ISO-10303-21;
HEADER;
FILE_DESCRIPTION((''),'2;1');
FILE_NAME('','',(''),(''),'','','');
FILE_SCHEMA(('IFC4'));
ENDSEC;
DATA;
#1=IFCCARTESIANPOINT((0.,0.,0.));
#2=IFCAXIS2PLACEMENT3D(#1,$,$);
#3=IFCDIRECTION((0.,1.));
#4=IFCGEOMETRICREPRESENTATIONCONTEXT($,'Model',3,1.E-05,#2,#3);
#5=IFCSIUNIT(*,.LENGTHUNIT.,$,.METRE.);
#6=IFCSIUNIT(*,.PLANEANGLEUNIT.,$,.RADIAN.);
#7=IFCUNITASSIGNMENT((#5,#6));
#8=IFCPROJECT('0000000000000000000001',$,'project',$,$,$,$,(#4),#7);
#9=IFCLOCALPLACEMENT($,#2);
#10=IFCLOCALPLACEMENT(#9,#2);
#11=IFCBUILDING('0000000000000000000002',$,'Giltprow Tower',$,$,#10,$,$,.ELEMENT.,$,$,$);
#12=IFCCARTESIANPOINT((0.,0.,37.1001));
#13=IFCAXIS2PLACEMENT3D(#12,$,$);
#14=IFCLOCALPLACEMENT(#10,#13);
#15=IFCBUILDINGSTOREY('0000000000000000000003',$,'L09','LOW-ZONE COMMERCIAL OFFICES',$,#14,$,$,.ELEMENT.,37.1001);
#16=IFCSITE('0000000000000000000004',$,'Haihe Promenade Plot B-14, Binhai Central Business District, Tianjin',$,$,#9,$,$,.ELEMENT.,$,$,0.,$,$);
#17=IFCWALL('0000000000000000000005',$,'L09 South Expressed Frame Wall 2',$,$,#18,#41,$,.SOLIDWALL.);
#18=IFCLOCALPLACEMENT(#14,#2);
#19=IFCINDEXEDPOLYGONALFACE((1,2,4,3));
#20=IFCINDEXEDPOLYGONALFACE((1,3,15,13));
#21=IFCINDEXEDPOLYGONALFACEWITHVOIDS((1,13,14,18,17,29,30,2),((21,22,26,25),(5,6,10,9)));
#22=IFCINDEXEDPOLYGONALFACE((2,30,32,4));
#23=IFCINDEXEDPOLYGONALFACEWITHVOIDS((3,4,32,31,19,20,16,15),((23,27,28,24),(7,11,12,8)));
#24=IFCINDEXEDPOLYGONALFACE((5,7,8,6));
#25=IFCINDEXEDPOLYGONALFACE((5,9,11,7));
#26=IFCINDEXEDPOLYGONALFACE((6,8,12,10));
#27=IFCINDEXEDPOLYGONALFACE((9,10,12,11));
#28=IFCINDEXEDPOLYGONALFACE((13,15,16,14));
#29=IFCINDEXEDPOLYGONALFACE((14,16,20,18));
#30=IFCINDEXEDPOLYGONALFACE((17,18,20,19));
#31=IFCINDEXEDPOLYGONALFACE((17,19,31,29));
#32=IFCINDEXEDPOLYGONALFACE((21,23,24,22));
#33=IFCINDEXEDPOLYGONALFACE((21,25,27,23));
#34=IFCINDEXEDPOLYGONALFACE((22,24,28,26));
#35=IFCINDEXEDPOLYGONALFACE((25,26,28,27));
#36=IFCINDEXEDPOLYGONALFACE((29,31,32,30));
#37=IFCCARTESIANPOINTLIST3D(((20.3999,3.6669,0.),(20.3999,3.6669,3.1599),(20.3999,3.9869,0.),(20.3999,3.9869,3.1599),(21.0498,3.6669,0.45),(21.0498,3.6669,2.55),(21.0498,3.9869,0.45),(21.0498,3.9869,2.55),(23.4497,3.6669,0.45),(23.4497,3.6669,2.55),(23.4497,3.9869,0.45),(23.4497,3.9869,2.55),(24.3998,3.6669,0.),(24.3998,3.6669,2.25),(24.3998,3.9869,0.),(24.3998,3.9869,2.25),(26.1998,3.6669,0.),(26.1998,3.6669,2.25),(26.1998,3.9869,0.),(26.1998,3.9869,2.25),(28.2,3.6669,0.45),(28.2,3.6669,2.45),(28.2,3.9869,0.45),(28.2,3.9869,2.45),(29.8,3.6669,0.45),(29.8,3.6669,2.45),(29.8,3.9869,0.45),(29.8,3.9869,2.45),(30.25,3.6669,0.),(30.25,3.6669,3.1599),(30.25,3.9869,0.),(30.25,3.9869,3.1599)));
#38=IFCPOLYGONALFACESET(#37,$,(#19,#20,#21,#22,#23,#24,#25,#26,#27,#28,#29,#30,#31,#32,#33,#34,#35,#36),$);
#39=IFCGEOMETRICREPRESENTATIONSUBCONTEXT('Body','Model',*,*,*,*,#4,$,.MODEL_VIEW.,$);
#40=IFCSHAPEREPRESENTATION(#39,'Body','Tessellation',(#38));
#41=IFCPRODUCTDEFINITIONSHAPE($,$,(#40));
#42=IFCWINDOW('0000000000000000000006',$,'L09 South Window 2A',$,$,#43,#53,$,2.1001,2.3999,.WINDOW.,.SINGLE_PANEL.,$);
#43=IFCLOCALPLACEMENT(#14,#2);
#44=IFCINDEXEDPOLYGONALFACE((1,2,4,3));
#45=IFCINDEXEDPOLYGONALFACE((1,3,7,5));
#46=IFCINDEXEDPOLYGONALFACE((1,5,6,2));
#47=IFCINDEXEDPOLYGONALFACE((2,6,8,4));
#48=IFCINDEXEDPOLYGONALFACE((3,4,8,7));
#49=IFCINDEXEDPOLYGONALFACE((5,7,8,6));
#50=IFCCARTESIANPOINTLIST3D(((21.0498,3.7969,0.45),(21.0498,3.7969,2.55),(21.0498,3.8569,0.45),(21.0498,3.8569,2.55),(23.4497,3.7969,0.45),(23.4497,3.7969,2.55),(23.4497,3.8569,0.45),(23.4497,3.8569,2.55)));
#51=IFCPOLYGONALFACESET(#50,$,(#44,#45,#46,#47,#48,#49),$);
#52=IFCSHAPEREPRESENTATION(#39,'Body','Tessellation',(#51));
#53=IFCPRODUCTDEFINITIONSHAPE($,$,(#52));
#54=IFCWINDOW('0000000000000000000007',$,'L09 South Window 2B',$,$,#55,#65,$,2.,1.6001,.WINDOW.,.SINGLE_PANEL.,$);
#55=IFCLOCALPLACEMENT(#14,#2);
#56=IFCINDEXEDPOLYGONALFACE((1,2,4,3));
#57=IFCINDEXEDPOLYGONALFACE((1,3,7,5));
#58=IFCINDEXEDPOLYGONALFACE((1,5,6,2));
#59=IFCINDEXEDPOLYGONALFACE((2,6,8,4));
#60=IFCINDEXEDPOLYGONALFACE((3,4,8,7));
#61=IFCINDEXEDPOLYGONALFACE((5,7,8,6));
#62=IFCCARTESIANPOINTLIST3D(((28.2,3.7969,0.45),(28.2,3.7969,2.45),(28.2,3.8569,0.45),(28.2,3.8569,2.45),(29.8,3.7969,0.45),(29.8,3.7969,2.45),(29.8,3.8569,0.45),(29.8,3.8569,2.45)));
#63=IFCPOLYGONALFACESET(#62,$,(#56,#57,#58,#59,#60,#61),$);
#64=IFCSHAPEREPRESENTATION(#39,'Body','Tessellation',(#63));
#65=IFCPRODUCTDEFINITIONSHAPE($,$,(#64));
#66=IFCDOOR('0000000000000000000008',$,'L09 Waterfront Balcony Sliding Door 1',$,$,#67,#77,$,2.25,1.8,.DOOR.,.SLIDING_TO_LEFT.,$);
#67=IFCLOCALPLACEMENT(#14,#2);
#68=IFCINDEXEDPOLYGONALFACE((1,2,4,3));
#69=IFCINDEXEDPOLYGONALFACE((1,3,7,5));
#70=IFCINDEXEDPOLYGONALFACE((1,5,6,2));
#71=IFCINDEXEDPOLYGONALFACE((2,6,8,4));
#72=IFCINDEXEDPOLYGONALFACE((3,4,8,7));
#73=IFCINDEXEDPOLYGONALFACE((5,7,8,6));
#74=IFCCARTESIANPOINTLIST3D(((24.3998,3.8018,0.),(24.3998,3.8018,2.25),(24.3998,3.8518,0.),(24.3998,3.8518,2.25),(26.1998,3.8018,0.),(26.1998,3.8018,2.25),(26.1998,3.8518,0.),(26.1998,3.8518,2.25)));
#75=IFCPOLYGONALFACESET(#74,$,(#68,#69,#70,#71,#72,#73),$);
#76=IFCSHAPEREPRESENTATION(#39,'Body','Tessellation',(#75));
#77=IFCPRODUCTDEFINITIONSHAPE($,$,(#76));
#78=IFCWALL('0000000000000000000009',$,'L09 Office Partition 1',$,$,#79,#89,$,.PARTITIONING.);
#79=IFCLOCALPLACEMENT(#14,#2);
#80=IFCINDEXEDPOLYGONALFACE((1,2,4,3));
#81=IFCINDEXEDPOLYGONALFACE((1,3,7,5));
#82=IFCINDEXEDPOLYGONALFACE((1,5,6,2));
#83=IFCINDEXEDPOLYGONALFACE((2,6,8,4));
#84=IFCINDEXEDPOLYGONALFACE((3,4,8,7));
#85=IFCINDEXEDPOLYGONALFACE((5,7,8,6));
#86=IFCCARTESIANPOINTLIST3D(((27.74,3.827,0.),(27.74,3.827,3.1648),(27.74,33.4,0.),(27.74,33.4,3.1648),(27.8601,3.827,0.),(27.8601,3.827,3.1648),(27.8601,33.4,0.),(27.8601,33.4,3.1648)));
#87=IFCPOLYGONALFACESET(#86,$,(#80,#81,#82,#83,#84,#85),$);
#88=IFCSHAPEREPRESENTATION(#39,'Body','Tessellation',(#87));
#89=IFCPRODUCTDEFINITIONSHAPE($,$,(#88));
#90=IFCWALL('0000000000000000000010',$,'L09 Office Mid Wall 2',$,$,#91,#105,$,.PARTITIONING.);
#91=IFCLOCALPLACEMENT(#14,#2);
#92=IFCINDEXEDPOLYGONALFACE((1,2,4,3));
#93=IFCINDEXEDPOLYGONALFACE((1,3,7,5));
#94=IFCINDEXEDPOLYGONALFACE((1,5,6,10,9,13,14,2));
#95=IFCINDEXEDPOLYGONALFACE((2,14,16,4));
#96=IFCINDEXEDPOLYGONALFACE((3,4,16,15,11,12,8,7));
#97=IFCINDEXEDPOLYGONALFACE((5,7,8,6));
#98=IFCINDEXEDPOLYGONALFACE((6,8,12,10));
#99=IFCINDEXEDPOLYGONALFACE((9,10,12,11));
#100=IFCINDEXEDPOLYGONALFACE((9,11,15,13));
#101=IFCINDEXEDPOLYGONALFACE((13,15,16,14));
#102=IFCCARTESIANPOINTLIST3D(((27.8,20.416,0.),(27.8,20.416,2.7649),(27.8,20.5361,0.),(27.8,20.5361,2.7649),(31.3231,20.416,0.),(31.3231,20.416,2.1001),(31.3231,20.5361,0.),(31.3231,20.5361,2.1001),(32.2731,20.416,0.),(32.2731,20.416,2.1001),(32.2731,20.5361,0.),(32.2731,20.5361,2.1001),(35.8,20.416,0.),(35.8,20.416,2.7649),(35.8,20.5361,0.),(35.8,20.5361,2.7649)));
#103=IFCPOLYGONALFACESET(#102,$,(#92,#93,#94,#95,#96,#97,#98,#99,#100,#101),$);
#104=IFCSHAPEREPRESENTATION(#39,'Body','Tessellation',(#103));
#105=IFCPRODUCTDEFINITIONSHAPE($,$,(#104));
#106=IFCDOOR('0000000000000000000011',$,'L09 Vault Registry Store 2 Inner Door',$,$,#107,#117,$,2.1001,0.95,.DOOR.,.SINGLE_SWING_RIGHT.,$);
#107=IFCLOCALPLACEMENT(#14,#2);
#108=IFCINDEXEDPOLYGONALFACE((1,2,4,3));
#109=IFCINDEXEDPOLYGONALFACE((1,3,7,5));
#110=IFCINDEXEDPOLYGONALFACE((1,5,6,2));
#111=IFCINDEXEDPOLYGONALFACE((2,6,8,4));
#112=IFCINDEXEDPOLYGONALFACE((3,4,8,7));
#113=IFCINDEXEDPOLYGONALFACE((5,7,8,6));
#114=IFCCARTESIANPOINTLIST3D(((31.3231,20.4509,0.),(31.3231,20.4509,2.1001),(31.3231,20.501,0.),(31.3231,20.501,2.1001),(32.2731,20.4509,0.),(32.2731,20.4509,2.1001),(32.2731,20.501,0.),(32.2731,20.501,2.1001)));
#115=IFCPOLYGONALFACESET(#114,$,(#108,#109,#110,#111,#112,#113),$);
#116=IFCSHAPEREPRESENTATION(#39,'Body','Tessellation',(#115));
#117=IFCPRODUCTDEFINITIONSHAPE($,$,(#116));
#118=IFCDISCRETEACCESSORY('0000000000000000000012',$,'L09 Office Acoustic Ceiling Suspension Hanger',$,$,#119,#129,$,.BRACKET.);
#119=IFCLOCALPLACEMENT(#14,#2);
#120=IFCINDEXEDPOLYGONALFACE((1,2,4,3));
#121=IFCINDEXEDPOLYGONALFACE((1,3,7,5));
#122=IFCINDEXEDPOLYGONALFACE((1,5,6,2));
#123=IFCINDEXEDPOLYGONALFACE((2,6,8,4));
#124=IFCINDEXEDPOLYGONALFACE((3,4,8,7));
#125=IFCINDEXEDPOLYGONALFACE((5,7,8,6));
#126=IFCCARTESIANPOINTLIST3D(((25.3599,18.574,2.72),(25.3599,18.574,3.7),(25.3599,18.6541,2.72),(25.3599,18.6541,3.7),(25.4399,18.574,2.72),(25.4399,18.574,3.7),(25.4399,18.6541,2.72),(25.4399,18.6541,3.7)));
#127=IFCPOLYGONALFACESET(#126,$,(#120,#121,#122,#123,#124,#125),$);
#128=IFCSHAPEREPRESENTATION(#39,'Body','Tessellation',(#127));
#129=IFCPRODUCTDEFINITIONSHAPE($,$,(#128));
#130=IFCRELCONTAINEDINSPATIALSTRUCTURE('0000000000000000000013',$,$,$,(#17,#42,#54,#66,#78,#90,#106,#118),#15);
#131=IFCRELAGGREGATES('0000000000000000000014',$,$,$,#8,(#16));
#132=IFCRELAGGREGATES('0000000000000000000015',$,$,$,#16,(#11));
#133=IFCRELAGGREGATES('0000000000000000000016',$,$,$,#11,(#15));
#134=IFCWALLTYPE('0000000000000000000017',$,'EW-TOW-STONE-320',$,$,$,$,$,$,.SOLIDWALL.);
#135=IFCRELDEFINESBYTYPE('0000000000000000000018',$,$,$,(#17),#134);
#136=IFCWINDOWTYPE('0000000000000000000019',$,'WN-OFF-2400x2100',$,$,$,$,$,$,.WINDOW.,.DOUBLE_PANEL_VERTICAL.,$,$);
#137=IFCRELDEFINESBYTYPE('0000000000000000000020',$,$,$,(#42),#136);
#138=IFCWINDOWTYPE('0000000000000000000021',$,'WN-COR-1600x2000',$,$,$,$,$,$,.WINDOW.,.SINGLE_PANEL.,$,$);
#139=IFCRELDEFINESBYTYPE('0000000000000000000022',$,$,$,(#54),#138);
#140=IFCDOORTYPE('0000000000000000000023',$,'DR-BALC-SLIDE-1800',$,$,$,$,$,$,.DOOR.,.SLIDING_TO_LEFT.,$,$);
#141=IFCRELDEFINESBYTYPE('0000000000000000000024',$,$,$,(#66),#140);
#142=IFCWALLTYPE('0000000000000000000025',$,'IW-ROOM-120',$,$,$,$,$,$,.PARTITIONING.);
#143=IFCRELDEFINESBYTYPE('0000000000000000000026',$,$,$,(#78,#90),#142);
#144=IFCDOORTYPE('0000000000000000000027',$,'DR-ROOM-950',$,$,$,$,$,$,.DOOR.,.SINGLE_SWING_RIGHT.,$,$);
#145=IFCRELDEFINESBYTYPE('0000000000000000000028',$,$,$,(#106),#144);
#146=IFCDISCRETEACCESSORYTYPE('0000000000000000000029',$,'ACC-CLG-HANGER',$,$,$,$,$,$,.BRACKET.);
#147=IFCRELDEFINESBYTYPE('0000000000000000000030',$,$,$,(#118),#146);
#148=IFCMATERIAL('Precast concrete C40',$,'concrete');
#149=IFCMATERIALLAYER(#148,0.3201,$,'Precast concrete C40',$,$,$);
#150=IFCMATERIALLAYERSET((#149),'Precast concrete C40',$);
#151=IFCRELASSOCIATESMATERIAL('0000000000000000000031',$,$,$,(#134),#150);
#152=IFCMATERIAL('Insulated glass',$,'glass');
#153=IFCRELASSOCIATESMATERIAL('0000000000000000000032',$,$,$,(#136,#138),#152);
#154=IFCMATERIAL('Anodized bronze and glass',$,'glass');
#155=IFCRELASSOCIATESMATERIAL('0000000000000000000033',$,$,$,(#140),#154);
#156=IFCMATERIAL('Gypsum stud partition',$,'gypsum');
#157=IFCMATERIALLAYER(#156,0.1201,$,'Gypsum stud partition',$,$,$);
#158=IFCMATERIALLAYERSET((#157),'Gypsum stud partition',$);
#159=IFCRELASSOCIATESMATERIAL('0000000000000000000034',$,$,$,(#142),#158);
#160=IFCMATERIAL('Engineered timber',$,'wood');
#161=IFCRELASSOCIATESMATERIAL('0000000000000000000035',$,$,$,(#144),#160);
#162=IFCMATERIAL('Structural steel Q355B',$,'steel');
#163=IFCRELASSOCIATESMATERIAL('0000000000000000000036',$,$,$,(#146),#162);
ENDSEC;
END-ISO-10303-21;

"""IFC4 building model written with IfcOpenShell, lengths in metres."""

from ifc_helpers import new_model, si_unit, direction, frame, frame_2d, origin, origin_2d, place, context, subcontext, project, spatial, rectangle, extrude, source, transform, mapped, material, layer, layer_set, type_object, element, fill, save


model = new_model("IFC4")

# Units and contexts
model_context = context("Model", 3, precision=1e-05, world=origin(), true_north=direction((0.0, 1.0)))
body_context = subcontext(model_context, "Body", "Model", "MODEL_VIEW")
ifc_project = project(units=[si_unit("LENGTHUNIT", "METRE"), si_unit("PLANEANGLEUNIT", "RADIAN")], contexts=[model_context])

# Site, building, storey
site_placement = place(None, origin())
site = spatial("IfcSite", under=ifc_project, at=site_placement, Name="Haihe Promenade Plot B-14, Binhai Central Business District, Tianjin", CompositionType="ELEMENT", RefElevation=0.0)
building_placement = place(site_placement, origin())
building = spatial("IfcBuilding", under=site, at=building_placement, Name="Giltprow Tower", CompositionType="ELEMENT")
storey_placement = place(building_placement, frame((0.0, 0.0, 37.1001)))
storey = spatial("IfcBuildingStorey", under=building, at=storey_placement, Name="L09", Description="LOW-ZONE COMMERCIAL OFFICES", CompositionType="ELEMENT", Elevation=37.1001)

# Shared definitions
ifc_material_1 = material(Name="Structural steel Q355B", Category="steel")

# Wall, openings, windows, door
ifc_material_2 = material(Name="Precast concrete C40", Category="concrete")
ifc_layer_1 = layer(ifc_material_2, 0.3201, Name="Precast concrete C40")
ifc_layer_set_1 = layer_set([ifc_layer_1], Name="Precast concrete C40")
wall_type_1 = type_object("IfcWallType", Name="EW-TOW-STONE-320", PredefinedType="SOLIDWALL", material=ifc_layer_set_1)
wall_1_placement = place(storey_placement, frame((20.3999, 3.8269, 0.0), z_axis=(0.0, 0.0, 1.0), x_axis=(1.0, 0.0, 0.0)))
wall_1 = element("IfcWall", 1, at=wall_1_placement, inside=storey, type_object=wall_type_1, Name="L09 South Expressed Frame Wall 2", PredefinedType="SOLIDWALL", context=body_context, shape_type="SweptSolid", body=[
    extrude(rectangle(XDim=9.8501, YDim=0.3201, at=frame_2d((4.925, 0.0))), origin(), (0.0, 0.0, 1.0), 3.1599),
])
opening_1_placement = place(wall_1_placement, frame((4.0, 0.0, 0.0)))
opening_1 = element("IfcOpeningElement", 2, at=opening_1_placement, cuts=wall_1, PredefinedType="OPENING", context=body_context, shape_type="SweptSolid", body=[
    extrude(rectangle(XDim=1.8, YDim=2.25, at=frame_2d((0.8999, 1.125))), frame((0.0, 0.1699, 0.0), z_axis=(0.0, -1.0, 0.0), x_axis=(1.0, 0.0, 0.0)), (0.0, 0.0, 1.0), 0.3401),
])
opening_2_placement = place(wall_1_placement, frame((0.6499, 0.0, 0.45)))
opening_2 = element("IfcOpeningElement", 3, at=opening_2_placement, cuts=wall_1, PredefinedType="OPENING", context=body_context, shape_type="SweptSolid", body=[
    extrude(rectangle(XDim=2.3999, YDim=2.1001, at=frame_2d((1.2, 1.05))), frame((0.0, 0.1699, 0.0), z_axis=(0.0, -1.0, 0.0), x_axis=(1.0, 0.0, 0.0)), (0.0, 0.0, 1.0), 0.3401),
])
opening_3_placement = place(wall_1_placement, frame((7.8, 0.0, 0.45)))
opening_3 = element("IfcOpeningElement", 4, at=opening_3_placement, cuts=wall_1, PredefinedType="OPENING", context=body_context, shape_type="SweptSolid", body=[
    extrude(rectangle(XDim=1.6001, YDim=2.0, at=frame_2d((0.8, 1.0))), frame((0.0, 0.1699, 0.0), z_axis=(0.0, -1.0, 0.0), x_axis=(1.0, 0.0, 0.0)), (0.0, 0.0, 1.0), 0.3401),
])
ifc_material_3 = material(Name="Insulated glass", Category="glass")
window_type_1 = type_object("IfcWindowType", Name="WN-OFF-2400x2100", PartitioningType="DOUBLE_PANEL_VERTICAL", PredefinedType="WINDOW", material=ifc_material_3)
shared_shape_1 = source(origin(), body_context, "Body", "SweptSolid", [
    extrude(rectangle(XDim=2.3999, YDim=2.1001, at=frame_2d((1.2, 1.05))), frame((0.0, 0.03, 0.0), z_axis=(0.0, -1.0, 0.0), x_axis=(1.0, 0.0, 0.0)), (0.0, 0.0, 1.0), 0.0601),
])
window_1_placement = place(opening_2_placement, origin())
window_1 = element("IfcWindow", 5, at=window_1_placement, inside=storey, type_object=window_type_1, Name="L09 South Window 2A", OverallHeight=2.1001, OverallWidth=2.3999, PartitioningType="SINGLE_PANEL", PredefinedType="WINDOW", context=body_context, shape_type="MappedRepresentation", body=[
    mapped(shared_shape_1, transform((0.0, 0.0, 0.0), x_axis=(1.0, 0.0, 0.0), y_axis=(0.0, 1.0, 0.0), z_axis=(0.0, 0.0, 1.0), scale=1.0)),
])
fill(opening_2, window_1)
window_type_2 = type_object("IfcWindowType", Name="WN-COR-1600x2000", PartitioningType="SINGLE_PANEL", PredefinedType="WINDOW", material=ifc_material_3)
shared_shape_2 = source(origin(), body_context, "Body", "SweptSolid", [
    extrude(rectangle(XDim=1.6001, YDim=2.0, at=frame_2d((0.8, 1.0))), frame((0.0, 0.03, 0.0), z_axis=(0.0, -1.0, 0.0), x_axis=(1.0, 0.0, 0.0)), (0.0, 0.0, 1.0), 0.0601),
])
window_2_placement = place(opening_3_placement, origin())
window_2 = element("IfcWindow", 6, at=window_2_placement, inside=storey, type_object=window_type_2, Name="L09 South Window 2B", OverallHeight=2.0, OverallWidth=1.6001, PartitioningType="SINGLE_PANEL", PredefinedType="WINDOW", context=body_context, shape_type="MappedRepresentation", body=[
    mapped(shared_shape_2, transform((0.0, 0.0, 0.0), x_axis=(1.0, 0.0, 0.0), y_axis=(0.0, 1.0, 0.0), z_axis=(0.0, 0.0, 1.0), scale=1.0)),
])
fill(opening_3, window_2)
ifc_material_4 = material(Name="Anodized bronze and glass", Category="glass")
door_type_1 = type_object("IfcDoorType", Name="DR-BALC-SLIDE-1800", OperationType="SLIDING_TO_LEFT", PredefinedType="DOOR", material=ifc_material_4)
shared_shape_3 = source(origin(), body_context, "Body", "SweptSolid", [
    extrude(rectangle(XDim=1.8, YDim=2.25, at=frame_2d((0.8999, 1.125))), frame((0.0, 0.0249, 0.0), z_axis=(0.0, -1.0, 0.0), x_axis=(1.0, 0.0, 0.0)), (0.0, 0.0, 1.0), 0.05),
])
door_1_placement = place(opening_1_placement, origin())
door_1 = element("IfcDoor", 7, at=door_1_placement, inside=storey, type_object=door_type_1, Name="L09 Waterfront Balcony Sliding Door 1", OperationType="SLIDING_TO_LEFT", OverallHeight=2.25, OverallWidth=1.8, PredefinedType="DOOR", context=body_context, shape_type="MappedRepresentation", body=[
    mapped(shared_shape_3, transform((0.0, 0.0, 0.0), x_axis=(1.0, 0.0, 0.0), y_axis=(0.0, 1.0, 0.0), z_axis=(0.0, 0.0, 1.0), scale=1.0)),
])
fill(opening_1, door_1)

# Wall
ifc_material_5 = material(Name="Gypsum stud partition", Category="gypsum")
ifc_layer_2 = layer(ifc_material_5, 0.1201, Name="Gypsum stud partition")
ifc_layer_set_2 = layer_set([ifc_layer_2], Name="Gypsum stud partition")
wall_type_2 = type_object("IfcWallType", Name="IW-ROOM-120", PredefinedType="PARTITIONING", material=ifc_layer_set_2)
wall_2_placement = place(storey_placement, frame((27.8, 3.8269, 0.0), z_axis=(0.0, 0.0, 1.0), x_axis=(0.0, 1.0, 0.0)))
element("IfcWall", 8, at=wall_2_placement, inside=storey, type_object=wall_type_2, Name="L09 Office Partition 1", PredefinedType="PARTITIONING", context=body_context, shape_type="SweptSolid", body=[
    extrude(rectangle(XDim=29.573, YDim=0.1201, at=frame_2d((14.7866, 0.0))), origin(), (0.0, 0.0, 1.0), 3.1648),
])

# Wall, opening, door
wall_3_placement = place(storey_placement, frame((27.8, 20.4761, 0.0), z_axis=(0.0, 0.0, 1.0), x_axis=(1.0, 0.0, 0.0)))
wall_3 = element("IfcWall", 9, at=wall_3_placement, inside=storey, type_object=wall_type_2, Name="L09 Office Mid Wall 2", PredefinedType="PARTITIONING", context=body_context, shape_type="SweptSolid", body=[
    extrude(rectangle(XDim=8.0, YDim=0.1201, at=frame_2d((4.0, 0.0))), origin(), (0.0, 0.0, 1.0), 2.7649),
])
opening_4_placement = place(wall_3_placement, frame((3.5229, 0.0, 0.0)))
opening_4 = element("IfcOpeningElement", 10, at=opening_4_placement, cuts=wall_3, PredefinedType="OPENING", context=body_context, shape_type="SweptSolid", body=[
    extrude(rectangle(XDim=0.95, YDim=2.1001, at=frame_2d((0.4751, 1.05))), frame((0.0, 0.0701, 0.0), z_axis=(0.0, -1.0, 0.0), x_axis=(1.0, 0.0, 0.0)), (0.0, 0.0, 1.0), 0.1401),
])
ifc_material_6 = material(Name="Engineered timber", Category="wood")
door_type_2 = type_object("IfcDoorType", Name="DR-ROOM-950", OperationType="SINGLE_SWING_RIGHT", PredefinedType="DOOR", material=ifc_material_6)
shared_shape_4 = source(origin(), body_context, "Body", "SweptSolid", [
    extrude(rectangle(XDim=0.95, YDim=2.1001, at=frame_2d((0.4751, 1.05))), frame((0.0, 0.0249, 0.0), z_axis=(0.0, -1.0, 0.0), x_axis=(1.0, 0.0, 0.0)), (0.0, 0.0, 1.0), 0.05),
])
door_2_placement = place(opening_4_placement, origin())
door_2 = element("IfcDoor", 11, at=door_2_placement, inside=storey, type_object=door_type_2, Name="L09 Vault Registry Store 2 Inner Door", OperationType="SINGLE_SWING_RIGHT", OverallHeight=2.1001, OverallWidth=0.95, PredefinedType="DOOR", context=body_context, shape_type="MappedRepresentation", body=[
    mapped(shared_shape_4, transform((0.0, 0.0, 0.0), x_axis=(1.0, 0.0, 0.0), y_axis=(0.0, 1.0, 0.0), z_axis=(0.0, 0.0, 1.0), scale=1.0)),
])
fill(opening_4, door_2)

# Discrete accessory
discrete_accessory_type = type_object("IfcDiscreteAccessoryType", Name="ACC-CLG-HANGER", PredefinedType="BRACKET", material=ifc_material_1)
shared_shape_5 = source(origin(), body_context, "Body", "SweptSolid", [
    extrude(rectangle(XDim=0.0801, YDim=0.0801, at=origin_2d()), origin(), (0.0, 0.0, 1.0), 0.98),
])
discrete_accessory_placement = place(storey_placement, frame((25.3999, 18.614, 2.72), z_axis=(0.0, 0.0, 1.0), x_axis=(1.0, 0.0, 0.0)))
element("IfcDiscreteAccessory", 12, at=discrete_accessory_placement, inside=storey, type_object=discrete_accessory_type, Name="L09 Office Acoustic Ceiling Suspension Hanger", PredefinedType="BRACKET", context=body_context, shape_type="MappedRepresentation", body=[
    mapped(shared_shape_5, transform((0.0, 0.0, 0.0), x_axis=(1.0, 0.0, 0.0), y_axis=(0.0, 1.0, 0.0), z_axis=(0.0, 0.0, 1.0), scale=1.0)),
])

save(model, "model.ifc")
